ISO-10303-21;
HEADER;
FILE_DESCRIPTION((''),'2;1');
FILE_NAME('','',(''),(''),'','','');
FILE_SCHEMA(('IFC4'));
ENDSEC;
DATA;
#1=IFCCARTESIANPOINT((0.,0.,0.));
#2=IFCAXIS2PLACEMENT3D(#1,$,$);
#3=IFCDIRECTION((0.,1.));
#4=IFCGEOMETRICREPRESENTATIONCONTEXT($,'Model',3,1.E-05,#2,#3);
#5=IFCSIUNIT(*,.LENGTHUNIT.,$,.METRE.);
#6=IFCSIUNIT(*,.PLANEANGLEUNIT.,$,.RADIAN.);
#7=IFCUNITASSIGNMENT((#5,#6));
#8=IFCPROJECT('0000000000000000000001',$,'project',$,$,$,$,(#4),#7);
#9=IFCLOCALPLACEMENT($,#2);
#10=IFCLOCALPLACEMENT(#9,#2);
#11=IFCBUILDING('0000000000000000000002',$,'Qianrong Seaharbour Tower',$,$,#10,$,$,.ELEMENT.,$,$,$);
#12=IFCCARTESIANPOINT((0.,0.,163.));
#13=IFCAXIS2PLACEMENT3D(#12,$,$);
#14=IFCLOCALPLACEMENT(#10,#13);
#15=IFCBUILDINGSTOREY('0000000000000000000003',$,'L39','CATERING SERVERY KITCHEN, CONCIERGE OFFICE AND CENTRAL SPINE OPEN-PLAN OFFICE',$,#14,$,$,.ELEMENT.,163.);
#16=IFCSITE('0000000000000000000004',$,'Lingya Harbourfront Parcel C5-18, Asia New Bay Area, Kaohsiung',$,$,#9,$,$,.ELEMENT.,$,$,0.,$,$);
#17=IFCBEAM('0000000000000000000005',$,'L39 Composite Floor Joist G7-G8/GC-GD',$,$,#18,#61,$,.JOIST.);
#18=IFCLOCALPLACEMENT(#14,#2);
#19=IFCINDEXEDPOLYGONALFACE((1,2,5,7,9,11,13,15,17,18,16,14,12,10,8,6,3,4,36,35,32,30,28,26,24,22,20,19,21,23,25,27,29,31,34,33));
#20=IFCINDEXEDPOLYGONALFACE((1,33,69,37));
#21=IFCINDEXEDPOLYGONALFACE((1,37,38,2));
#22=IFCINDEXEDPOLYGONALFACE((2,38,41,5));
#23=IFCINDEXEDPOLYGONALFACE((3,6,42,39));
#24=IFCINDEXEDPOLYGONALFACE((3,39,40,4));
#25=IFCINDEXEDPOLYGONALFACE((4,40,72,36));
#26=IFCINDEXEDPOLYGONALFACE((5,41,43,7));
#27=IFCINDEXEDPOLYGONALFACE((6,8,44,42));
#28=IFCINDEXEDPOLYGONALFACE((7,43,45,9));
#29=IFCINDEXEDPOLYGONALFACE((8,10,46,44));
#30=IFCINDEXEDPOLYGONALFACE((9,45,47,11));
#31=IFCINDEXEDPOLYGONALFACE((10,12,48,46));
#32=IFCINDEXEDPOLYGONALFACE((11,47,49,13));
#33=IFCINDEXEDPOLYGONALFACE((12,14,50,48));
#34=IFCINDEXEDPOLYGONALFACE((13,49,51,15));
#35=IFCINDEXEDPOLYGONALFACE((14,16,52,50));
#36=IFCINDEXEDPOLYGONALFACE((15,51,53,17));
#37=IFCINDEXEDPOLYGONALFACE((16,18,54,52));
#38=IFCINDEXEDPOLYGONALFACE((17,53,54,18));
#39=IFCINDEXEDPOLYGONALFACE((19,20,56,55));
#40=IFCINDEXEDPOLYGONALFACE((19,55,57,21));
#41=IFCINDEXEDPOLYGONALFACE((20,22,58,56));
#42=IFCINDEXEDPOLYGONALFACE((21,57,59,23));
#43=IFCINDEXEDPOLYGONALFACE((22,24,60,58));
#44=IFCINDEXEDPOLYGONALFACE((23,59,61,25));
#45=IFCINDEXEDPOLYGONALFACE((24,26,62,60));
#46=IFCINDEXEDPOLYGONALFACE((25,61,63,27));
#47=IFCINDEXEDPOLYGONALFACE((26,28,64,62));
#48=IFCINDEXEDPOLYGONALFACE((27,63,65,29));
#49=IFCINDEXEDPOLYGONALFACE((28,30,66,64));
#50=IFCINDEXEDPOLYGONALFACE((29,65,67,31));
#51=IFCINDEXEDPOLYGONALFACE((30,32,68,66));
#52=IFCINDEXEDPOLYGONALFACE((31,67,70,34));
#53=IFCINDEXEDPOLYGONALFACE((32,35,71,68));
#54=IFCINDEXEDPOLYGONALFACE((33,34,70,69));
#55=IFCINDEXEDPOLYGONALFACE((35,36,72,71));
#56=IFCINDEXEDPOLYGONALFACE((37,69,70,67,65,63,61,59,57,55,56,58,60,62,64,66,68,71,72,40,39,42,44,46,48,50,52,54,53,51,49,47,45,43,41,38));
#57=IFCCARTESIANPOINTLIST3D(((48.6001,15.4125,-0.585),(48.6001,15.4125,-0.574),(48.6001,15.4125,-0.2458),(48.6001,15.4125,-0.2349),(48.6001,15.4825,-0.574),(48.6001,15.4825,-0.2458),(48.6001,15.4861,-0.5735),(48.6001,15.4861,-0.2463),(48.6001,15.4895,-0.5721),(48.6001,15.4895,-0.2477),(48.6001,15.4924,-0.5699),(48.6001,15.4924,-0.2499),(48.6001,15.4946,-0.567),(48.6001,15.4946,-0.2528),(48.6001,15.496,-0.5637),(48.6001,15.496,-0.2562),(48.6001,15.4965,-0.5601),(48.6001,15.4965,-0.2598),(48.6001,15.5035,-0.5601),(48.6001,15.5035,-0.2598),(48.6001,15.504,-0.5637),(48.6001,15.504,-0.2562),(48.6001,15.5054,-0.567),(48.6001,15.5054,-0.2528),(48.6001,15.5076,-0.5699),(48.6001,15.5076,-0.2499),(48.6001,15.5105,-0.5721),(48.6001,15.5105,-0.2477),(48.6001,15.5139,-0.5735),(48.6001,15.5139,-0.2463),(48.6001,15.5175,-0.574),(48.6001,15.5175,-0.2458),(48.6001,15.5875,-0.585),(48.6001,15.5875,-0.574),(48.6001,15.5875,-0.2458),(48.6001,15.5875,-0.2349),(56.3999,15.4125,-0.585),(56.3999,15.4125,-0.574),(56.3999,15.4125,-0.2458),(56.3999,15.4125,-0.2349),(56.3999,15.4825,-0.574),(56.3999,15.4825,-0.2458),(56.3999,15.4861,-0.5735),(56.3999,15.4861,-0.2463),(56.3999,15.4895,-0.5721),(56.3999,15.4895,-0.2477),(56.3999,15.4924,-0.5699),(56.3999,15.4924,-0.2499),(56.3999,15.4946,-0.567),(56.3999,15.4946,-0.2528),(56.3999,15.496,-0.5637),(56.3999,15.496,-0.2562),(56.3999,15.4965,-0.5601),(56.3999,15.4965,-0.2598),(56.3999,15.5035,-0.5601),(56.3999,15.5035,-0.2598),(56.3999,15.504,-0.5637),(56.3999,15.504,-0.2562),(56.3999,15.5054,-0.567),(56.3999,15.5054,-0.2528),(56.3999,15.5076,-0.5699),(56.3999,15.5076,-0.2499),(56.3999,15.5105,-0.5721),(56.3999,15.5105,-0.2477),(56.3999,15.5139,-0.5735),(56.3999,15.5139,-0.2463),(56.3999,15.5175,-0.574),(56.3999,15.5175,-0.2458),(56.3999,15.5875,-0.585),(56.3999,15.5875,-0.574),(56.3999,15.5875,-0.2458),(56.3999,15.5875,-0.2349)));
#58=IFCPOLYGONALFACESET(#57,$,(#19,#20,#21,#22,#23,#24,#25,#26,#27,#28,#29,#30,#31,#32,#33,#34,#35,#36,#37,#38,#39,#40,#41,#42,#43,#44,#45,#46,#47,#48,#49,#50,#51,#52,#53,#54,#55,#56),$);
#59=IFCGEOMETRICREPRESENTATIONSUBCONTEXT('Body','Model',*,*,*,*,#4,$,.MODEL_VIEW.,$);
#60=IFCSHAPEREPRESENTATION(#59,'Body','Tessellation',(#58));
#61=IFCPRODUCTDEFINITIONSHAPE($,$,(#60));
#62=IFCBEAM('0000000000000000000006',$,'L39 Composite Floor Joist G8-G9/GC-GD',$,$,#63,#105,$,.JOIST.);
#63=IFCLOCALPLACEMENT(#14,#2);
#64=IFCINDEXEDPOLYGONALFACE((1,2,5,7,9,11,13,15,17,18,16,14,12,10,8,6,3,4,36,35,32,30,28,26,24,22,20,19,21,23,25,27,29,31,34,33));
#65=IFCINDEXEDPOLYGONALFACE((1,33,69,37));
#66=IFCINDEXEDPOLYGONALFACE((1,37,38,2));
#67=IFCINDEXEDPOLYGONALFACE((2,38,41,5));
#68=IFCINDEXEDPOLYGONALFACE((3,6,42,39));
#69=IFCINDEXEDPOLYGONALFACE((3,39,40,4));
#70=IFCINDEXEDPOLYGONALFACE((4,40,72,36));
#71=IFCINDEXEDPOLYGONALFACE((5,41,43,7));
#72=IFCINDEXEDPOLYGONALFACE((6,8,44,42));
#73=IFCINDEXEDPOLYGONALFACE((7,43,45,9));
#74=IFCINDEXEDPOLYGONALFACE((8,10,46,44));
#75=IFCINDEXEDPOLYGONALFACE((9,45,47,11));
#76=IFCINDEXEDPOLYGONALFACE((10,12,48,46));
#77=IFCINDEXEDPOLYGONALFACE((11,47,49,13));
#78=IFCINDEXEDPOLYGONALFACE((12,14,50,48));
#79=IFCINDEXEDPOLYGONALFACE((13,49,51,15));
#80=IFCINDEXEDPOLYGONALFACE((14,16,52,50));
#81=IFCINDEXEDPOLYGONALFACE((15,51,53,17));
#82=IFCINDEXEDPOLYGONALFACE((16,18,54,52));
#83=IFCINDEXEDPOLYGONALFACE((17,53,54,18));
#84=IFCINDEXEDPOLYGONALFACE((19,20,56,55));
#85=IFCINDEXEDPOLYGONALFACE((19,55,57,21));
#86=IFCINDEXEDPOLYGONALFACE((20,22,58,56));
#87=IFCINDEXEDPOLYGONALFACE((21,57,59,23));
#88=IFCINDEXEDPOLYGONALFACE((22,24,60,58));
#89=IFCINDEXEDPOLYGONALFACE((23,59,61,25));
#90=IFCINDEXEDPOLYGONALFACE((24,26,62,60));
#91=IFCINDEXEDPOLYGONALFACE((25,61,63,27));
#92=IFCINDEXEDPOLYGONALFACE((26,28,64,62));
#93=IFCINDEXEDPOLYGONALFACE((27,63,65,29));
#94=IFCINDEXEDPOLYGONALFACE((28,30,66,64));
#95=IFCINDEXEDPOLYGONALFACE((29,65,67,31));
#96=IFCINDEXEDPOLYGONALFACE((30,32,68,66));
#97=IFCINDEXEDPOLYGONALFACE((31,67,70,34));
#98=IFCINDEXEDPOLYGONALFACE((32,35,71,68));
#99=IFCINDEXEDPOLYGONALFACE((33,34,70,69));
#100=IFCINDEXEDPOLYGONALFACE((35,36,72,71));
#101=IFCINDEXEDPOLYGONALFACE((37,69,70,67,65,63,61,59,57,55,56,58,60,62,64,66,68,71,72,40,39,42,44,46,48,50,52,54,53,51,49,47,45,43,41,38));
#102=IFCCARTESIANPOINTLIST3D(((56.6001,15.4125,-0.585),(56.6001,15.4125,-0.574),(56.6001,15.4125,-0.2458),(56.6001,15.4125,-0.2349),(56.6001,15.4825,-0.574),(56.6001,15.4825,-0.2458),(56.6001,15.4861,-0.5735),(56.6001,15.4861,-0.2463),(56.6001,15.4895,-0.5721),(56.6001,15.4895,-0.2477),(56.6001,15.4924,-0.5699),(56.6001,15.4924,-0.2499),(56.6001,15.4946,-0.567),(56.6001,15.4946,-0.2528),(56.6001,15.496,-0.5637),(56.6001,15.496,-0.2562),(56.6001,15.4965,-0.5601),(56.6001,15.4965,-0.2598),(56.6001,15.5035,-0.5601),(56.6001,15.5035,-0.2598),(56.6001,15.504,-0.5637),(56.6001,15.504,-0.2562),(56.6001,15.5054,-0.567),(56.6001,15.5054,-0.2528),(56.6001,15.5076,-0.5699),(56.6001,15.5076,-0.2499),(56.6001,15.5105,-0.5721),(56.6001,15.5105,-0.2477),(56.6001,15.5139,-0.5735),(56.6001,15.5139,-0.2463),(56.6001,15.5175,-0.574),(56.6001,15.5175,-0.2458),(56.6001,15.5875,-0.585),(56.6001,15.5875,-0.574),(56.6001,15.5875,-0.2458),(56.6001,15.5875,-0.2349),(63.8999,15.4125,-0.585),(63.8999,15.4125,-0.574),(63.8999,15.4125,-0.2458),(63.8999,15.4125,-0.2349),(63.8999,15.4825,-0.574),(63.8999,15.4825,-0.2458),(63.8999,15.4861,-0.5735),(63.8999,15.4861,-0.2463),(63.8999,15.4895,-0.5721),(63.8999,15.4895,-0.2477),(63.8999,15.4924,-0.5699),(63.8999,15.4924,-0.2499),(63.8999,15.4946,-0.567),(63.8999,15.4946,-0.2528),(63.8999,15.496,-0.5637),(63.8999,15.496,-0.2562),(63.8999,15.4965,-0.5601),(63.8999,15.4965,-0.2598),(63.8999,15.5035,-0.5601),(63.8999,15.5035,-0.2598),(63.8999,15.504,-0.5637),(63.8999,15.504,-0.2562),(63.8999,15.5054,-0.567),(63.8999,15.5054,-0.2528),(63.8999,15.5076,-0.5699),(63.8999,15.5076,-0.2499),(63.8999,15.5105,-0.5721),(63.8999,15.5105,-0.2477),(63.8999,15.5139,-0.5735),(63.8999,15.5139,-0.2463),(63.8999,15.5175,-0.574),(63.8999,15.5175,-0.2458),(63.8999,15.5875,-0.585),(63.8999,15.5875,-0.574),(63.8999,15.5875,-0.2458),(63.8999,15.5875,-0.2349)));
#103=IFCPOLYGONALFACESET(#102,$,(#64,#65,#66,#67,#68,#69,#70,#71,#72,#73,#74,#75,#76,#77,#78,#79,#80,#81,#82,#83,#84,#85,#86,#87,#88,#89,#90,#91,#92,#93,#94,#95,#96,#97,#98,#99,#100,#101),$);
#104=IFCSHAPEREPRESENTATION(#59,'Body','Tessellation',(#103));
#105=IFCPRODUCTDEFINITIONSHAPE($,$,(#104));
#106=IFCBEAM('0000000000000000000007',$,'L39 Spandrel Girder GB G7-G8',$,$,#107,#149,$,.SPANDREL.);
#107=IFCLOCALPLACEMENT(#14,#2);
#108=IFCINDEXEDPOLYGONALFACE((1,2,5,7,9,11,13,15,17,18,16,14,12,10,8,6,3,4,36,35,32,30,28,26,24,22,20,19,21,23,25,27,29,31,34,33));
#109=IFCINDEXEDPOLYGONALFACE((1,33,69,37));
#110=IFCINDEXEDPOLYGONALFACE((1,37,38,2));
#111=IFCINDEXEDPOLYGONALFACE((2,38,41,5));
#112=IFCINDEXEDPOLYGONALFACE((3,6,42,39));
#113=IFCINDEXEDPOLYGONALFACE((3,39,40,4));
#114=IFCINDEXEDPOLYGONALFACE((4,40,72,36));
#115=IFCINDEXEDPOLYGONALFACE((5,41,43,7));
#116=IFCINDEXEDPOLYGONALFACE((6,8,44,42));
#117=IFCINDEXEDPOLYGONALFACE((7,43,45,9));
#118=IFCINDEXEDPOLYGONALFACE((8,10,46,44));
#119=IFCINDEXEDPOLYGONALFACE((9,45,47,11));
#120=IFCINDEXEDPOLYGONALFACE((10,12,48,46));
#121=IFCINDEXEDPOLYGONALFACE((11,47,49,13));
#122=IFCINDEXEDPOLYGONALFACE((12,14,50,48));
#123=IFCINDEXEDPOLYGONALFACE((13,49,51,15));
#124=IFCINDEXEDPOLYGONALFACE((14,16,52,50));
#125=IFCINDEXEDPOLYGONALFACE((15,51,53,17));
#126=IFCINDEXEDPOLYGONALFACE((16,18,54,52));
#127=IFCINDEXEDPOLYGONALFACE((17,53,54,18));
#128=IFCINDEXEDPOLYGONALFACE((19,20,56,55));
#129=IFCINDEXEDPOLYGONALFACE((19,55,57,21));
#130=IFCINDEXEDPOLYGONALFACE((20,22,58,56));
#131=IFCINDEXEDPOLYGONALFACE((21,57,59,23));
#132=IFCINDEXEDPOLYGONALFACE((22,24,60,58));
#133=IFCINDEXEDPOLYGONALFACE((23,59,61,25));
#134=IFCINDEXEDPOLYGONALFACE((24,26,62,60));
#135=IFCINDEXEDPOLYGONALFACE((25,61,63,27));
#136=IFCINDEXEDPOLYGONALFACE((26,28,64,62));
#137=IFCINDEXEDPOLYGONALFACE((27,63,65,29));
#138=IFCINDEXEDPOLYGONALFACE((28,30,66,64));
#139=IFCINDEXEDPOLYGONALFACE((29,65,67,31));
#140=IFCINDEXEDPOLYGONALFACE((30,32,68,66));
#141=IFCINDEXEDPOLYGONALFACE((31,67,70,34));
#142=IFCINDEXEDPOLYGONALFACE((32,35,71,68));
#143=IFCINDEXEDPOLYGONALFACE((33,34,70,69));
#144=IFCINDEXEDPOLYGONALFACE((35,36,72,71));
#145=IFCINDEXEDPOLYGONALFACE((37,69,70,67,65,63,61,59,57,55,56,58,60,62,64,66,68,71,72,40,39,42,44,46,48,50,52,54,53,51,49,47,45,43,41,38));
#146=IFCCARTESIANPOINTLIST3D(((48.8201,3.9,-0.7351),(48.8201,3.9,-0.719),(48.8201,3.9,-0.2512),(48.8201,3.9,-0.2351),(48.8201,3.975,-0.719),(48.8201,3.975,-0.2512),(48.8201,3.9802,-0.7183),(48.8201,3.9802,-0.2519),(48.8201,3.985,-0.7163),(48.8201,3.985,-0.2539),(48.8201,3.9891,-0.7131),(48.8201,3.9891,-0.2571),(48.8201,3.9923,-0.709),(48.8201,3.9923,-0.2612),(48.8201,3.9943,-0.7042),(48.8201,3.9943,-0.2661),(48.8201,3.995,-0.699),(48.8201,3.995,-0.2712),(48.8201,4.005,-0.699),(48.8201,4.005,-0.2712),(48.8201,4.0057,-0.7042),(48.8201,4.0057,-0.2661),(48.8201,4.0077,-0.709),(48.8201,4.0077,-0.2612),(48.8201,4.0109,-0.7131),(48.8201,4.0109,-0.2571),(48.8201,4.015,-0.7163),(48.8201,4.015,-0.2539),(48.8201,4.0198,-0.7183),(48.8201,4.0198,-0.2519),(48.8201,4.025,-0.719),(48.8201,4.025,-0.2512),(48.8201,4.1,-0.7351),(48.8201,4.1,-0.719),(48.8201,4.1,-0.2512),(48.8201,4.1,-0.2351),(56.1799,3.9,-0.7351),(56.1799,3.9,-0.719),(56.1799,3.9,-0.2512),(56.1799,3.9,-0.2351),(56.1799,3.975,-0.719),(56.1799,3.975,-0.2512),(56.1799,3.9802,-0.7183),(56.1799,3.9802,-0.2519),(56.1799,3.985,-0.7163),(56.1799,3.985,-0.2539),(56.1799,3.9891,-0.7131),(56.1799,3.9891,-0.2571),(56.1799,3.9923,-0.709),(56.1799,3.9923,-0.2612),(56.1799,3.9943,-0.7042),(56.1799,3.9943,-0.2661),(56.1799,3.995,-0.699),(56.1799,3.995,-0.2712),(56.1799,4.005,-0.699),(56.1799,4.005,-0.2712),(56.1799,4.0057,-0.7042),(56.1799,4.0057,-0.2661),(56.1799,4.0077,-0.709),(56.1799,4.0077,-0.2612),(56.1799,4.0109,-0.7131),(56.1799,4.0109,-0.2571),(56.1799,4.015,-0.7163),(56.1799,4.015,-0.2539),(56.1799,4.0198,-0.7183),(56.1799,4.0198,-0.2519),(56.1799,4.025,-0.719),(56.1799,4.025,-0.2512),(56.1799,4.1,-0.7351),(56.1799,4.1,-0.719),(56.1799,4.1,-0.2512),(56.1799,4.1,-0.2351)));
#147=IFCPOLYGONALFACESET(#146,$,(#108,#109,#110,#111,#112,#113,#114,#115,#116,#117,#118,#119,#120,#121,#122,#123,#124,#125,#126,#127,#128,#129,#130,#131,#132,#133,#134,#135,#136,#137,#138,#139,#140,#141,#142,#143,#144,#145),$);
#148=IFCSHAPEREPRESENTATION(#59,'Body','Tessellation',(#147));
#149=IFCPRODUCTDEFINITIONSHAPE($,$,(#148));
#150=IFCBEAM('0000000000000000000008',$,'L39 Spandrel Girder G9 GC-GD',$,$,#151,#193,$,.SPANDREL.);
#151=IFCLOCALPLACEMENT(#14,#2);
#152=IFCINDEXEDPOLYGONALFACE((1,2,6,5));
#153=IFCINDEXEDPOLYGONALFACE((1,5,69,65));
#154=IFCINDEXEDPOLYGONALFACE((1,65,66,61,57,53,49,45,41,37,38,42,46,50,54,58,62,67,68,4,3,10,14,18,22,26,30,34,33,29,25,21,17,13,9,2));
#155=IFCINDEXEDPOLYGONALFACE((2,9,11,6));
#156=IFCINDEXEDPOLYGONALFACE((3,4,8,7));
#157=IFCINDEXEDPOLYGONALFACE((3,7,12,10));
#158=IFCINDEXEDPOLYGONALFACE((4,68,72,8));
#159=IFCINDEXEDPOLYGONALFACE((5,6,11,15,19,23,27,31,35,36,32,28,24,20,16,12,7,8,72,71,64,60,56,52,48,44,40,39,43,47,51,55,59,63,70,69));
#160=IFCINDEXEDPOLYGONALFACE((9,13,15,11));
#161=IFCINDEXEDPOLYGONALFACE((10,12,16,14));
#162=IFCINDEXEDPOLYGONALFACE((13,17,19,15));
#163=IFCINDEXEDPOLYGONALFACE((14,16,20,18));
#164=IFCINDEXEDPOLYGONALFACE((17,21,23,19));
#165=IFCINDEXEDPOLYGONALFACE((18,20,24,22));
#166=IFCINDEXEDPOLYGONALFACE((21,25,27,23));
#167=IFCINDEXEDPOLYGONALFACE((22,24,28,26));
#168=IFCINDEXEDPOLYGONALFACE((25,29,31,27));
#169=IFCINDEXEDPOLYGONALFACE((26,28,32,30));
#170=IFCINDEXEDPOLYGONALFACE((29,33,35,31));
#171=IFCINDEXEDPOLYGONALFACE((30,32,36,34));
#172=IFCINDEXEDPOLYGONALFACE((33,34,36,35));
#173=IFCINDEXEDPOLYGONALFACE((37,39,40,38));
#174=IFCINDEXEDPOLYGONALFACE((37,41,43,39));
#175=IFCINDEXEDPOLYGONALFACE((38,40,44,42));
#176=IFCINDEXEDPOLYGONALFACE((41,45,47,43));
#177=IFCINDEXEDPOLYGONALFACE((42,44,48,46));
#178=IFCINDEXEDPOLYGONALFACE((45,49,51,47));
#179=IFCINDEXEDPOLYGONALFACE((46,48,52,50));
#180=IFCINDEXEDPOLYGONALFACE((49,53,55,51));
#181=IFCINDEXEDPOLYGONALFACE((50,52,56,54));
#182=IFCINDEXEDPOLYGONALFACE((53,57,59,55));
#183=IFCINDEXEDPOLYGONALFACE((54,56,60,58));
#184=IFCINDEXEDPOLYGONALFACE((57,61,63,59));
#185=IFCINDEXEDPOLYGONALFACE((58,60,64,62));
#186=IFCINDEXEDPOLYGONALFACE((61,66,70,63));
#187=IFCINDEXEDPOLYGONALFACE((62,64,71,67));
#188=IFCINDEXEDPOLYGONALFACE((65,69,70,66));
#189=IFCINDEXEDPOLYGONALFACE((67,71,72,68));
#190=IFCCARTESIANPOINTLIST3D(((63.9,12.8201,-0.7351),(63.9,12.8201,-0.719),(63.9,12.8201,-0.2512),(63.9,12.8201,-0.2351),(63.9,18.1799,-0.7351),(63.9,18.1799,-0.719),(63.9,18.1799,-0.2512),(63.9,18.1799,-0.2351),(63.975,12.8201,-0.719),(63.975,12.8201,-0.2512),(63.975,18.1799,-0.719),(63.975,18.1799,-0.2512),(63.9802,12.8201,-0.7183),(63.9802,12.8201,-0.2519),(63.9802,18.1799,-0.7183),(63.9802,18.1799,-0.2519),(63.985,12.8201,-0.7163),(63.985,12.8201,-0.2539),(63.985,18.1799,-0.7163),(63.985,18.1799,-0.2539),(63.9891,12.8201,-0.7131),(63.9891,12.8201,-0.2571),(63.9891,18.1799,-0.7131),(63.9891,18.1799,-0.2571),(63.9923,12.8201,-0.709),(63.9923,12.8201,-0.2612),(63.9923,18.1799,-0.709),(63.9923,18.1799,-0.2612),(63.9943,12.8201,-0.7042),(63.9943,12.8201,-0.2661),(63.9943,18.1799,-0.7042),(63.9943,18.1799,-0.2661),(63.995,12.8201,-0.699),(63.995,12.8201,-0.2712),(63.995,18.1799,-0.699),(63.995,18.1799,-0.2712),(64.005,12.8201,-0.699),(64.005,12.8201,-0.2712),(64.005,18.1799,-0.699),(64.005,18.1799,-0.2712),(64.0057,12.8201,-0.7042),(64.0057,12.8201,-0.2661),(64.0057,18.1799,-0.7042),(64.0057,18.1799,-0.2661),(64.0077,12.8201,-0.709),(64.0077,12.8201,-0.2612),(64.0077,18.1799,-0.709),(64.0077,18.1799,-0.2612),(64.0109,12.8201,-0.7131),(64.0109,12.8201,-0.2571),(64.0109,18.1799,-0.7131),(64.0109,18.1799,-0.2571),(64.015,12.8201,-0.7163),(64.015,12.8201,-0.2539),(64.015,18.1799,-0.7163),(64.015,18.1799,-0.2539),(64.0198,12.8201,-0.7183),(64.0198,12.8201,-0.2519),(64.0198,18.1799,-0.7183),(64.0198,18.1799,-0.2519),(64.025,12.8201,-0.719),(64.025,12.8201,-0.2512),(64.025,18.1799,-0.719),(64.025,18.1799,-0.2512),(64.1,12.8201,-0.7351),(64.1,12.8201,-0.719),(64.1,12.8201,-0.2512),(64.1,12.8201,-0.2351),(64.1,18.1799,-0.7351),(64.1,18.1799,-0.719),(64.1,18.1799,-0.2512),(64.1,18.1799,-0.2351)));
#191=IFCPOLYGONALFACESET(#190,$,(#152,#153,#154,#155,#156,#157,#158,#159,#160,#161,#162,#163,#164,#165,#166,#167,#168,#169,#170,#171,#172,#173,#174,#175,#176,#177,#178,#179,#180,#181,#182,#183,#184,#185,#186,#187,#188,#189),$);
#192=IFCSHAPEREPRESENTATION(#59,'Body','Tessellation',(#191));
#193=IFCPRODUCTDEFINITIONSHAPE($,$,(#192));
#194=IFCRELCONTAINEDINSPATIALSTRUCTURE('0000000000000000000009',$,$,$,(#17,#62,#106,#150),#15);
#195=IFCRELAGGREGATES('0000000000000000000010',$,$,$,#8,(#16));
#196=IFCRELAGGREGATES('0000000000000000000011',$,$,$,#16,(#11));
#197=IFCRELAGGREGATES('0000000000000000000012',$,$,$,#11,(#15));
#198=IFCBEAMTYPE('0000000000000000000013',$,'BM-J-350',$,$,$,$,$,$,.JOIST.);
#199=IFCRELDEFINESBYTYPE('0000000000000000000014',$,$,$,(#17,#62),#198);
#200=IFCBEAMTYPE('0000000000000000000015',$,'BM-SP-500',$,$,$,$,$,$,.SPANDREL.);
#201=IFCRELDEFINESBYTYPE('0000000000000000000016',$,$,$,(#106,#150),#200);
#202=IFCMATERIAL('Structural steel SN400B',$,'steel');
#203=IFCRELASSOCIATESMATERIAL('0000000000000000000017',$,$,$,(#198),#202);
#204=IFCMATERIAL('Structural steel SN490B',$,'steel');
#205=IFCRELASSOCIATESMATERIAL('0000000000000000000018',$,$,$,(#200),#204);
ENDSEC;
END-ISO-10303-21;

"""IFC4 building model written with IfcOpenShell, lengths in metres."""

from ifc_helpers import new_model, si_unit, direction, frame, origin, origin_2d, place, context, subcontext, project, spatial, i_section, extrude, material, material_profile, profile_set, type_object, element, save


model = new_model("IFC4")

# Units and contexts
model_context = context("Model", 3, precision=1e-05, world=origin(), true_north=direction((0.0, 1.0)))
body_context = subcontext(model_context, "Body", "Model", "MODEL_VIEW")
ifc_project = project(units=[si_unit("LENGTHUNIT", "METRE"), si_unit("PLANEANGLEUNIT", "RADIAN")], contexts=[model_context])

# Site, building, storey
site_placement = place(None, origin())
site = spatial("IfcSite", under=ifc_project, at=site_placement, Name="Lingya Harbourfront Parcel C5-18, Asia New Bay Area, Kaohsiung", CompositionType="ELEMENT", RefElevation=0.0)
building_placement = place(site_placement, origin())
building = spatial("IfcBuilding", under=site, at=building_placement, Name="Qianrong Seaharbour Tower", CompositionType="ELEMENT")
storey_placement = place(building_placement, frame((0.0, 0.0, 163.0)))
storey = spatial("IfcBuildingStorey", under=building, at=storey_placement, Name="L39", Description="CATERING SERVERY KITCHEN, CONCIERGE OFFICE AND CENTRAL SPINE OPEN-PLAN OFFICE", CompositionType="ELEMENT", Elevation=163.0)

# Shared definitions
ifc_material_1 = material(Name="Structural steel SN490B", Category="steel")

# Beams
ifc_material_2 = material(Name="Structural steel SN400B", Category="steel")
ifc_material_profile_1 = material_profile(ifc_material_2, i_section(OverallWidth=0.175, OverallDepth=0.3501, WebThickness=0.0071, FlangeThickness=0.011, FilletRadius=0.0139, at=origin_2d()), Name="H350x175x7x11")
ifc_profile_set_1 = profile_set([ifc_material_profile_1], Name="Structural steel SN400B")
beam_type_1 = type_object("IfcBeamType", Name="BM-J-350", PredefinedType="JOIST", material=ifc_profile_set_1)
for number, where, z_axis, x_axis, name in (
    (1, (48.6001, 15.5, -0.4099), (1.0, 0.0, 0.0), (0.0, 1.0, 0.0), "L39 Composite Floor Joist G7-G8/GC-GD"),
):
    element("IfcBeam", number, at=place(storey_placement, frame(where, z_axis=z_axis, x_axis=x_axis)), inside=storey, type_object=beam_type_1, Name=name, PredefinedType="JOIST", context=body_context, shape_type="SweptSolid", body=[
        extrude(i_section(OverallWidth=0.175, OverallDepth=0.3501, WebThickness=0.0071, FlangeThickness=0.011, FilletRadius=0.0139, at=origin_2d()), origin(), (0.0, 0.0, 1.0), 7.7998),
    ])
beam_1_placement = place(storey_placement, frame((56.6001, 15.5, -0.4099), z_axis=(1.0, 0.0, 0.0), x_axis=(0.0, 1.0, 0.0)))
element("IfcBeam", 2, at=beam_1_placement, inside=storey, type_object=beam_type_1, Name="L39 Composite Floor Joist G8-G9/GC-GD", PredefinedType="JOIST", context=body_context, shape_type="SweptSolid", body=[
    extrude(i_section(OverallWidth=0.175, OverallDepth=0.3501, WebThickness=0.0071, FlangeThickness=0.011, FilletRadius=0.0139, at=origin_2d()), origin(), (0.0, 0.0, 1.0), 7.2998),
])
ifc_material_profile_2 = material_profile(ifc_material_1, i_section(OverallWidth=0.2, OverallDepth=0.5, WebThickness=0.01, FlangeThickness=0.0161, FilletRadius=0.02, at=origin_2d()), Name="H500x200x10x16")
ifc_profile_set_2 = profile_set([ifc_material_profile_2], Name="Structural steel SN490B")
beam_type_2 = type_object("IfcBeamType", Name="BM-SP-500", PredefinedType="SPANDREL", material=ifc_profile_set_2)
beam_2_placement = place(storey_placement, frame((48.8201, 4.0, -0.4851), z_axis=(1.0, 0.0, 0.0), x_axis=(0.0, 1.0, 0.0)))
element("IfcBeam", 3, at=beam_2_placement, inside=storey, type_object=beam_type_2, Name="L39 Spandrel Girder GB G7-G8", PredefinedType="SPANDREL", context=body_context, shape_type="SweptSolid", body=[
    extrude(i_section(OverallWidth=0.2, OverallDepth=0.5, WebThickness=0.01, FlangeThickness=0.0161, FilletRadius=0.02, at=origin_2d()), origin(), (0.0, 0.0, 1.0), 7.3599),
])
beam_3_placement = place(storey_placement, frame((64.0, 12.8201, -0.4851), z_axis=(0.0, 1.0, 0.0), x_axis=(-1.0, 0.0, 0.0)))
element("IfcBeam", 4, at=beam_3_placement, inside=storey, type_object=beam_type_2, Name="L39 Spandrel Girder G9 GC-GD", PredefinedType="SPANDREL", context=body_context, shape_type="SweptSolid", body=[
    extrude(i_section(OverallWidth=0.2, OverallDepth=0.5, WebThickness=0.01, FlangeThickness=0.0161, FilletRadius=0.02, at=origin_2d()), origin(), (0.0, 0.0, 1.0), 5.3599),
])

save(model, "model.ifc")
